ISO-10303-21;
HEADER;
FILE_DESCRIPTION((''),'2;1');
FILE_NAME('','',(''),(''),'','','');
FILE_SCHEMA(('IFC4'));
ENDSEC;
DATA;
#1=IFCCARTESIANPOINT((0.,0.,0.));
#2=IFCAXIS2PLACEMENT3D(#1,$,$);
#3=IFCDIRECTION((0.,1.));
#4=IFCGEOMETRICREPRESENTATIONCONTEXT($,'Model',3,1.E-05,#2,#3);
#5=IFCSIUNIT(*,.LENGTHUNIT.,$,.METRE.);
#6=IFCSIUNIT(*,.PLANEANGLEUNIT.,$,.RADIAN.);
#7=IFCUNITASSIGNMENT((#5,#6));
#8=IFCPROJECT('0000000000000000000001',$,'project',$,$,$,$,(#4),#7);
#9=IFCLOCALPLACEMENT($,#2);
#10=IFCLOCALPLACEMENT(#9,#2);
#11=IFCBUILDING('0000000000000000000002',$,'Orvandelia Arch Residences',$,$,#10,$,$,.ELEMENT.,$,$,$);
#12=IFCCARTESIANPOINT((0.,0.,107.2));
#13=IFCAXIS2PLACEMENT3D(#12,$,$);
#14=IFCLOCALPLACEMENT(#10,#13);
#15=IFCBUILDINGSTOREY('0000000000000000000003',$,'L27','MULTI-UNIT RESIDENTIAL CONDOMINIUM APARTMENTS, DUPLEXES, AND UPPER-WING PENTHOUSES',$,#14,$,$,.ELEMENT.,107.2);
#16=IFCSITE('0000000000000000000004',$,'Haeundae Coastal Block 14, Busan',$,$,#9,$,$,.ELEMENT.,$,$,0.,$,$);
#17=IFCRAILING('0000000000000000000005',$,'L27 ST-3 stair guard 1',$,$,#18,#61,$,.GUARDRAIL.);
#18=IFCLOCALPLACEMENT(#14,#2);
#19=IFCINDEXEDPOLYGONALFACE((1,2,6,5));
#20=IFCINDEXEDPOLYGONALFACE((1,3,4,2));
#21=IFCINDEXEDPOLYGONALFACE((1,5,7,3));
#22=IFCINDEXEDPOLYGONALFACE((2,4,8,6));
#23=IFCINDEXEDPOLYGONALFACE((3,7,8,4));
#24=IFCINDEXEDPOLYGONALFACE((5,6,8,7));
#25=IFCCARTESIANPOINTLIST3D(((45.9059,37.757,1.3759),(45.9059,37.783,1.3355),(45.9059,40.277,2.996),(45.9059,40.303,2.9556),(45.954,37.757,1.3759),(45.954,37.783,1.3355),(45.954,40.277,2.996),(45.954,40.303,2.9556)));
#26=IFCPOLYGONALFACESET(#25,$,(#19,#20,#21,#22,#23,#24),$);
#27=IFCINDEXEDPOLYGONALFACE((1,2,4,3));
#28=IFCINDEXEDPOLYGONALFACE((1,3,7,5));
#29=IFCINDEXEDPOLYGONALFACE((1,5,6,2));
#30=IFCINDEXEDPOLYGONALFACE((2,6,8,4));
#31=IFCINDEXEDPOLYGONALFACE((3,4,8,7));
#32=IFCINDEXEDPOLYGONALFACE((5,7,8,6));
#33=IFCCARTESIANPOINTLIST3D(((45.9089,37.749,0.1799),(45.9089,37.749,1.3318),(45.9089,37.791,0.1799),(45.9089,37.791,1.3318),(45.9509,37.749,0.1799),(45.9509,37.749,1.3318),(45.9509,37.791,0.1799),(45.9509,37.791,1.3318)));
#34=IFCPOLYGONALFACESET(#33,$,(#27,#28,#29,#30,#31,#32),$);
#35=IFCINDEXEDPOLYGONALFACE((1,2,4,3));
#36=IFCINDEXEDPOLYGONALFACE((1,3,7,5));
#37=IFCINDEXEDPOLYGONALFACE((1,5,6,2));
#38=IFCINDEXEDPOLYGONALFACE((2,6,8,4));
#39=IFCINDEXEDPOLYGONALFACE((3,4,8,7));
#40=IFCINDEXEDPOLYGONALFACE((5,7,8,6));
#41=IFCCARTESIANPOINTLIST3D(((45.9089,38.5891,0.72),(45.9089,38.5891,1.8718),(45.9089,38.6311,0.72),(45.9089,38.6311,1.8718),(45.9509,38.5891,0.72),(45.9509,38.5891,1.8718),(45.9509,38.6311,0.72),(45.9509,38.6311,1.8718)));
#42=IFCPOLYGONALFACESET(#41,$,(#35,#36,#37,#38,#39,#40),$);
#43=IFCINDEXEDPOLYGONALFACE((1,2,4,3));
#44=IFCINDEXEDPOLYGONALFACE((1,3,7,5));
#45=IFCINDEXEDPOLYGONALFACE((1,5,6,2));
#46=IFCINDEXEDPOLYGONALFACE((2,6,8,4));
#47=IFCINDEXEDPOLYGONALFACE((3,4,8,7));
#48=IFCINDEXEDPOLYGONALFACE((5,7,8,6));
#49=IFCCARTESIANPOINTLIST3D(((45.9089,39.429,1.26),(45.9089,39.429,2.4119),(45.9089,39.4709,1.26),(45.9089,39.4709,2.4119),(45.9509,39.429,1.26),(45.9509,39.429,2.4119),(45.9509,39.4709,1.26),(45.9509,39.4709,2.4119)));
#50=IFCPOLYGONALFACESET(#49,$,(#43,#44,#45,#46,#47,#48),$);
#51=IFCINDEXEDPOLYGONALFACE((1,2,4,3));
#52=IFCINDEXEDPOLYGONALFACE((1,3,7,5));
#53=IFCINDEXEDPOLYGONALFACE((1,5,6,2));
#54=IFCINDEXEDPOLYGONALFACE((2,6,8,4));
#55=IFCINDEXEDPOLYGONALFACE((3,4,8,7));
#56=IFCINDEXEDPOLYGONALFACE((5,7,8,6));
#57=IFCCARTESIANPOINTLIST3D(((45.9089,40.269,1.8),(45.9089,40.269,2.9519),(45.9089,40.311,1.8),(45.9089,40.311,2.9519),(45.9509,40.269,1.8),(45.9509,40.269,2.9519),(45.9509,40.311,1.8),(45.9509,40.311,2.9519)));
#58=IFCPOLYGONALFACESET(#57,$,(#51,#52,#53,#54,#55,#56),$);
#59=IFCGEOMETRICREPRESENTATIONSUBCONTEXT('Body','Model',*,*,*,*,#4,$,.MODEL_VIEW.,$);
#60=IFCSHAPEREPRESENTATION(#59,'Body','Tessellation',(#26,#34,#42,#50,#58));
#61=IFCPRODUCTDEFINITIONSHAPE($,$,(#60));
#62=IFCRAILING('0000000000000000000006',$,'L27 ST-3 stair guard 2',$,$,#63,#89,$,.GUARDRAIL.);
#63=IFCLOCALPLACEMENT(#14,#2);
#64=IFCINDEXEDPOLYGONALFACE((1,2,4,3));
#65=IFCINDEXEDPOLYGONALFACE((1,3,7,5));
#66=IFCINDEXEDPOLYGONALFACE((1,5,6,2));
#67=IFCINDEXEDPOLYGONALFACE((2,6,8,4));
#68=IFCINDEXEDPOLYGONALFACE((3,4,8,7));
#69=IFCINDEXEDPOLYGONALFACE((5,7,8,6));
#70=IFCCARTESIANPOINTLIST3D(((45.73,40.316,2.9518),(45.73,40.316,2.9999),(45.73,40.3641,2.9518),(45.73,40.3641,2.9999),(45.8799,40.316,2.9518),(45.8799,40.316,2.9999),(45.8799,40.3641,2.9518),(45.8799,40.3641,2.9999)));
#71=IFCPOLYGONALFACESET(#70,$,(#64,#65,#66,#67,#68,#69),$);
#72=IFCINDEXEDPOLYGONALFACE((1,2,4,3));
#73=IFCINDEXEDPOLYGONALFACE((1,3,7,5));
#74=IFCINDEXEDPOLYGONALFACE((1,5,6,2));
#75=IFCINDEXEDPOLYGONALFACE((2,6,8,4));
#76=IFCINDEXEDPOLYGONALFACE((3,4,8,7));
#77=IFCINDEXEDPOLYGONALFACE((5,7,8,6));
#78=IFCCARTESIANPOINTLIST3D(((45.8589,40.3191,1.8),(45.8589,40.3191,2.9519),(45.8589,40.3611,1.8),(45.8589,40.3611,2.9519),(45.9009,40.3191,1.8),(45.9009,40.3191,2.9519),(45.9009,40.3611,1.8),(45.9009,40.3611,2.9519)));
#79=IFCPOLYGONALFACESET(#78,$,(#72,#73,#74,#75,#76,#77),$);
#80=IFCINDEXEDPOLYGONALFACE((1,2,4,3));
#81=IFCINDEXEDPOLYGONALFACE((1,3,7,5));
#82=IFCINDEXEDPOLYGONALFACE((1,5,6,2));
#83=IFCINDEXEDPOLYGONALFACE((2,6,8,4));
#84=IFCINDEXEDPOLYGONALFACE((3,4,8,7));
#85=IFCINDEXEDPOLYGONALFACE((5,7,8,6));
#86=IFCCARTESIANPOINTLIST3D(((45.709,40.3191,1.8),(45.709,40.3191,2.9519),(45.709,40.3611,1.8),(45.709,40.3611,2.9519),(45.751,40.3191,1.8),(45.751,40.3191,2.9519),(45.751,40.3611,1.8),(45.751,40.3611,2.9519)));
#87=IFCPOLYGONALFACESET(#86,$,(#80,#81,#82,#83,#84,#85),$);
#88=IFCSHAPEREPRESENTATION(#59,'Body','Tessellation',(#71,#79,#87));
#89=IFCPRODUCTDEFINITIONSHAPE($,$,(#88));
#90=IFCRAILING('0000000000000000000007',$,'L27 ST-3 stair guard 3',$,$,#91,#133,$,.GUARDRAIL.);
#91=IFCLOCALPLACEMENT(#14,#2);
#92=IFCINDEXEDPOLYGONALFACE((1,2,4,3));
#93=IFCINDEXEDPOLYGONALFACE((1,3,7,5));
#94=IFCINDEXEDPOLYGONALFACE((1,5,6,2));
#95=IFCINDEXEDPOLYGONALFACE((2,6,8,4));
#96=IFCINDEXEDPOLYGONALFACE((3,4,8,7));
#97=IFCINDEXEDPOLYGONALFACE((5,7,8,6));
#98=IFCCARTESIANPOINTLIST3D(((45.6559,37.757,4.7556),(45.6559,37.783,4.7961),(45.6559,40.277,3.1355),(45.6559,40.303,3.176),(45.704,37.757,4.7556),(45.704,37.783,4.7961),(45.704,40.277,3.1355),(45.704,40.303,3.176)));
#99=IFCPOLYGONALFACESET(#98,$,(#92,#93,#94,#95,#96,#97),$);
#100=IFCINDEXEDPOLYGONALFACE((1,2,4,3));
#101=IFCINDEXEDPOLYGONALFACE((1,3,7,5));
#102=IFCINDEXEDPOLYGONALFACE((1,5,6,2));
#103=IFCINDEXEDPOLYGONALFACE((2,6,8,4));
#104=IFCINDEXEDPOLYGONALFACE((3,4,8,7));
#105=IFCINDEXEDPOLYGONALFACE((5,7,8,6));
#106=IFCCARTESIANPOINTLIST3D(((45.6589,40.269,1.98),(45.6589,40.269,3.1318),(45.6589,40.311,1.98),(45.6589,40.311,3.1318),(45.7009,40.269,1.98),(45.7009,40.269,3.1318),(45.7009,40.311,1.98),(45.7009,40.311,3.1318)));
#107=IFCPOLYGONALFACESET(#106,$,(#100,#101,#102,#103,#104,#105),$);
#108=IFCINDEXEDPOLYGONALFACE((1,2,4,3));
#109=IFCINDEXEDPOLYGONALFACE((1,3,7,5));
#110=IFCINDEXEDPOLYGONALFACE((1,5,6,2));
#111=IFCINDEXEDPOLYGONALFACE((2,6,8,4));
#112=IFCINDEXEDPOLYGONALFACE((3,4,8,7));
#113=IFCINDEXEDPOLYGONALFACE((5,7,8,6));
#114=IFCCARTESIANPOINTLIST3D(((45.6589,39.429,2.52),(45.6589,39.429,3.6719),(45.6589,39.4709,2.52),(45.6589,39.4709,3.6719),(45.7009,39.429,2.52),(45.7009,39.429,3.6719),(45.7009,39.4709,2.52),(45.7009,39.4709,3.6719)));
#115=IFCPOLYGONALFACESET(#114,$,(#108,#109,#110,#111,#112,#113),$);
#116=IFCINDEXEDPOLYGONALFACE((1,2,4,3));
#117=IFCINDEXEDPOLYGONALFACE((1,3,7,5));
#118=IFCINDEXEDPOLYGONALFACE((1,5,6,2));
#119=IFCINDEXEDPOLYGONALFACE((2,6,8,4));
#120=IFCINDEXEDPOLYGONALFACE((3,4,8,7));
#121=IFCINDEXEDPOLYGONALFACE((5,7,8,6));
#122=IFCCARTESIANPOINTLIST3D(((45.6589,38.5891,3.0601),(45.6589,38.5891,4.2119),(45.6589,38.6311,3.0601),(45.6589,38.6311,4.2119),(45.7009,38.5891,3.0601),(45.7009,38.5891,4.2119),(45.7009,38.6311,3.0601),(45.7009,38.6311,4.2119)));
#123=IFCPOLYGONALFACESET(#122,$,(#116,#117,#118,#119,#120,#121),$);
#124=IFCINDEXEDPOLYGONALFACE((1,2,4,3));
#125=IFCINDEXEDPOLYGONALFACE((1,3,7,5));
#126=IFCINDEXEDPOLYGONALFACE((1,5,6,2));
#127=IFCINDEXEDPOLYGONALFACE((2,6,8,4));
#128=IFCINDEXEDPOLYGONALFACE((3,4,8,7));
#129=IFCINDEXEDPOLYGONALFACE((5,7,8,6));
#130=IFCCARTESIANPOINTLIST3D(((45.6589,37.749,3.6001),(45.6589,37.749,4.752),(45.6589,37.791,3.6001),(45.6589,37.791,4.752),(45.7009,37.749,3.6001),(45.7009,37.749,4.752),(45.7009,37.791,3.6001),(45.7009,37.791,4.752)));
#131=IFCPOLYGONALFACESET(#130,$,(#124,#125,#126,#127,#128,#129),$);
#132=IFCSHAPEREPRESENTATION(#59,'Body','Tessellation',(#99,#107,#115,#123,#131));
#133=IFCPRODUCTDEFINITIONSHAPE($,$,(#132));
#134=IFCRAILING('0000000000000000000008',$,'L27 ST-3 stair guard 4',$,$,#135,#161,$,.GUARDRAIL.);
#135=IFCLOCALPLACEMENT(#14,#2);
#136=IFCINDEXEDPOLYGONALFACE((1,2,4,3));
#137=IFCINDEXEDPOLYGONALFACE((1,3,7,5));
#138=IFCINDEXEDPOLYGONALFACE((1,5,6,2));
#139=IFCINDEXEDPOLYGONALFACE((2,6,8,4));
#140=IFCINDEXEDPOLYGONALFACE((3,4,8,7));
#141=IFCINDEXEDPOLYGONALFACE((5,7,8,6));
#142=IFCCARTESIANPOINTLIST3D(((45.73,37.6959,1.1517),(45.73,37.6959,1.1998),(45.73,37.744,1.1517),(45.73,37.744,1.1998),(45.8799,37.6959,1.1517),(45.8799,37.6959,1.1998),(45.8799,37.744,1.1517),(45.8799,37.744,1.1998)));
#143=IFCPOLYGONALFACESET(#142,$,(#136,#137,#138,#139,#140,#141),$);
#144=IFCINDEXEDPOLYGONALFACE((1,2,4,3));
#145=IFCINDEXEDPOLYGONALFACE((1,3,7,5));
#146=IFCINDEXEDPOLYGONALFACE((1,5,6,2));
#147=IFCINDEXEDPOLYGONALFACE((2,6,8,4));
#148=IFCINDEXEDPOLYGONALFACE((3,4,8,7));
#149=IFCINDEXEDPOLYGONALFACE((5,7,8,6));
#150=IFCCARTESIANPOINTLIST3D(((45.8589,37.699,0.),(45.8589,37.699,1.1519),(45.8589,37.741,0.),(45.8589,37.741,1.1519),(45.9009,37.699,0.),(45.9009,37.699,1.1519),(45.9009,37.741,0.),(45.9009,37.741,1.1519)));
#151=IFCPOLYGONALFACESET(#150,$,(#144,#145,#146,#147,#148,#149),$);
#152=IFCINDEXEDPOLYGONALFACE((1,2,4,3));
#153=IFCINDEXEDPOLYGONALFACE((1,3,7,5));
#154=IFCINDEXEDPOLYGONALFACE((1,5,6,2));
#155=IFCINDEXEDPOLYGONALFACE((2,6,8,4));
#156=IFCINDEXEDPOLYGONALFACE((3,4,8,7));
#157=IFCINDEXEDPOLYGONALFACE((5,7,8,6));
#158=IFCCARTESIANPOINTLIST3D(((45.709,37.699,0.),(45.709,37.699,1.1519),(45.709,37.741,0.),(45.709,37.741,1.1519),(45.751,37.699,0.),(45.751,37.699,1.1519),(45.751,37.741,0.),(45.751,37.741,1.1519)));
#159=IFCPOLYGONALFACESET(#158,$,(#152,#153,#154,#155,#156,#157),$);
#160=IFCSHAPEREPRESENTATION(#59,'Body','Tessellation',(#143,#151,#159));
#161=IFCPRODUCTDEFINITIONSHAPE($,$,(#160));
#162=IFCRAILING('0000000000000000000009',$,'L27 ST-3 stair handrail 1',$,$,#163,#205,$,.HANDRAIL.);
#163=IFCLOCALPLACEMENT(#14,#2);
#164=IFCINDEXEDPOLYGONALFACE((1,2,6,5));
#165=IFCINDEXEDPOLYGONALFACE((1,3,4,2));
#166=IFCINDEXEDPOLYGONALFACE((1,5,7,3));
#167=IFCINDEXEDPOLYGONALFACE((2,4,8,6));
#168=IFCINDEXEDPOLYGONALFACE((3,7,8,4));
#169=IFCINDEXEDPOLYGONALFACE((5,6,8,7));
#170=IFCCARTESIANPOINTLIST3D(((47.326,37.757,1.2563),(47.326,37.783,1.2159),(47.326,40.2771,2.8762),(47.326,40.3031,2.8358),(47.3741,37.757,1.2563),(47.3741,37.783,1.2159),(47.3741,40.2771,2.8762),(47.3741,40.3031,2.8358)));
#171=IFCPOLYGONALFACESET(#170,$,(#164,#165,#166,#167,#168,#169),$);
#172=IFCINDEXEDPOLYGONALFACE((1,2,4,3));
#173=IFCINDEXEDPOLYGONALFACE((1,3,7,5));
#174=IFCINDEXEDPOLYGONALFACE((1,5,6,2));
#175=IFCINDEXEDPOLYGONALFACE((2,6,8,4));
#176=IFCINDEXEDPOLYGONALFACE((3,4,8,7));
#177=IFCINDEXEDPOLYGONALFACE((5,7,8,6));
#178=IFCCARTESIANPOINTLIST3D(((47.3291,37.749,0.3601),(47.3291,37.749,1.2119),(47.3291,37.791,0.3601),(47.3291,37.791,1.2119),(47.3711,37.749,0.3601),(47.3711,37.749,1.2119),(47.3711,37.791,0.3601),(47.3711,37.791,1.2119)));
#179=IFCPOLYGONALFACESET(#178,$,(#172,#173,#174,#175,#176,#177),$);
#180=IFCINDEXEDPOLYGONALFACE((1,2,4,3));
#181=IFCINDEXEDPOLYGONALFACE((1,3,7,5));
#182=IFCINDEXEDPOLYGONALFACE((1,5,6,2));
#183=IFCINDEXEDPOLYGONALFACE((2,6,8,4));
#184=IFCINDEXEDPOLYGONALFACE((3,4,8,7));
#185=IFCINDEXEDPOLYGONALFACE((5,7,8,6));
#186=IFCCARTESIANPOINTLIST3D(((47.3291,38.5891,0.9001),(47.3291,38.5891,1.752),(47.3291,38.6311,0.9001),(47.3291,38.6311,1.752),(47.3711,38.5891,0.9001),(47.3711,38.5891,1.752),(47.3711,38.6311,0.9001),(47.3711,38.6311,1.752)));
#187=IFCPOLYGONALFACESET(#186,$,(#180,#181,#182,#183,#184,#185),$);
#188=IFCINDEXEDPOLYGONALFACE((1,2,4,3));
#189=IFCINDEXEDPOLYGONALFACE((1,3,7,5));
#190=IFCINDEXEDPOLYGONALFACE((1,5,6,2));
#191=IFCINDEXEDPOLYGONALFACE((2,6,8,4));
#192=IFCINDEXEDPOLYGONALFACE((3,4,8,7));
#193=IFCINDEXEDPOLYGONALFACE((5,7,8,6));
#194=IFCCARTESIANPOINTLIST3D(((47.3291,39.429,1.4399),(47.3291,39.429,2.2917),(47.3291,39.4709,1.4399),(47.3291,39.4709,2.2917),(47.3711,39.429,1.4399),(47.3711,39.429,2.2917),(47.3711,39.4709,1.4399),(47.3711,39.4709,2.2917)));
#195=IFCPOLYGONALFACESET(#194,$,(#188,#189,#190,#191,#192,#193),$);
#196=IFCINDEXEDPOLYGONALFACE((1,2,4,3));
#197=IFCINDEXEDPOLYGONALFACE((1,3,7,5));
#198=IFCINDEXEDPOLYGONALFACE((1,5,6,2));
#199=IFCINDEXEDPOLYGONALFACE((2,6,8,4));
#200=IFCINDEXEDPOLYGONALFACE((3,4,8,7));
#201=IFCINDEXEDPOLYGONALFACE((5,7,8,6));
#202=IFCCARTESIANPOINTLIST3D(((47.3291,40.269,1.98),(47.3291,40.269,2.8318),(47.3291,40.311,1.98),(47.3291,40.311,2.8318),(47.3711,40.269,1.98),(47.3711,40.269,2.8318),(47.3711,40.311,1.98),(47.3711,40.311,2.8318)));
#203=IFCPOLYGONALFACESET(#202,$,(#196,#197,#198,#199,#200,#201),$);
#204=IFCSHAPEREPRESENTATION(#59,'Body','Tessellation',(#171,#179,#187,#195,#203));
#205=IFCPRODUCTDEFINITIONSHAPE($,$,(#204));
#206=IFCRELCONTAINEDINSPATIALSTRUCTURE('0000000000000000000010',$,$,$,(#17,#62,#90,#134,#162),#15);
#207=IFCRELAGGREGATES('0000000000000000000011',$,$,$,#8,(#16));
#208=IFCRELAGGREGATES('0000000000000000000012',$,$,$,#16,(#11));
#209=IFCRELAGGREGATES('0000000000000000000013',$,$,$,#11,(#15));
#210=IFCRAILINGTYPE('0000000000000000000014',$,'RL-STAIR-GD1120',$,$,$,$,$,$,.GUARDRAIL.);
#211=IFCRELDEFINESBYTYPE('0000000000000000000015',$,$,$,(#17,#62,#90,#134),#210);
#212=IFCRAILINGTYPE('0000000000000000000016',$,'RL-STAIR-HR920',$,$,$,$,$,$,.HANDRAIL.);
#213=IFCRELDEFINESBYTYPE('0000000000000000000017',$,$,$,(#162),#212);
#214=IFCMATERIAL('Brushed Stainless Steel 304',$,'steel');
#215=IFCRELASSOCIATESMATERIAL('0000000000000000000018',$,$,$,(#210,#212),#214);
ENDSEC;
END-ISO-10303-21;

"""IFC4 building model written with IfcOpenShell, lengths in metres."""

from ifc_helpers import new_model, si_unit, direction, frame, origin, origin_2d, place, context, subcontext, project, spatial, rectangle, extrude, material, type_object, element, save


model = new_model("IFC4")

# Units and contexts
model_context = context("Model", 3, precision=1e-05, world=origin(), true_north=direction((0.0, 1.0)))
body_context = subcontext(model_context, "Body", "Model", "MODEL_VIEW")
ifc_project = project(units=[si_unit("LENGTHUNIT", "METRE"), si_unit("PLANEANGLEUNIT", "RADIAN")], contexts=[model_context])

# Site, building, storey
site_placement = place(None, origin())
site = spatial("IfcSite", under=ifc_project, at=site_placement, Name="Haeundae Coastal Block 14, Busan", CompositionType="ELEMENT", RefElevation=0.0)
building_placement = place(site_placement, origin())
building = spatial("IfcBuilding", under=site, at=building_placement, Name="Orvandelia Arch Residences", CompositionType="ELEMENT")
storey_placement = place(building_placement, frame((0.0, 0.0, 107.2)))
storey = spatial("IfcBuildingStorey", under=building, at=storey_placement, Name="L27", Description="MULTI-UNIT RESIDENTIAL CONDOMINIUM APARTMENTS, DUPLEXES, AND UPPER-WING PENTHOUSES", CompositionType="ELEMENT", Elevation=107.2)

# Railings
ifc_material_1 = material(Name="Brushed Stainless Steel 304", Category="steel")
railing_type_1 = type_object("IfcRailingType", Name="RL-STAIR-GD1120", PredefinedType="GUARDRAIL", material=ifc_material_1)
railing_1_placement = place(storey_placement, frame((45.9299, 37.77, 0.1799)))
element("IfcRailing", 1, at=railing_1_placement, inside=storey, type_object=railing_type_1, Name="L27 ST-3 stair guard 1", PredefinedType="GUARDRAIL", context=body_context, shape_type="SweptSolid", body=[
    extrude(rectangle(XDim=0.0481, YDim=0.0481, at=origin_2d()), frame((0.0, 0.0, 1.1758), z_axis=(0.0, 0.841163, 0.540782), x_axis=(-1.0, 0.0, 0.0)), (0.0, 0.0, 1.0), 2.9958),
    extrude(rectangle(XDim=0.042, YDim=0.042, at=origin_2d()), origin(), (0.0, 0.0, 1.0), 1.1519),
    extrude(rectangle(XDim=0.042, YDim=0.042, at=origin_2d()), frame((0.0, 0.8401, 0.54)), (0.0, 0.0, 1.0), 1.1519),
    extrude(rectangle(XDim=0.042, YDim=0.042, at=origin_2d()), frame((0.0, 1.6799, 1.0801)), (0.0, 0.0, 1.0), 1.1519),
    extrude(rectangle(XDim=0.042, YDim=0.042, at=origin_2d()), frame((0.0, 2.52, 1.6201)), (0.0, 0.0, 1.0), 1.1519),
])
railing_2_placement = place(storey_placement, frame((45.8799, 40.3401, 1.8)))
element("IfcRailing", 2, at=railing_2_placement, inside=storey, type_object=railing_type_1, Name="L27 ST-3 stair guard 2", PredefinedType="GUARDRAIL", context=body_context, shape_type="SweptSolid", body=[
    extrude(rectangle(XDim=0.0481, YDim=0.0481, at=origin_2d()), frame((0.0, 0.0, 1.1758), z_axis=(-1.0, 0.0, 0.0), x_axis=(0.0, -1.0, 0.0)), (0.0, 0.0, 1.0), 0.1499),
    extrude(rectangle(XDim=0.042, YDim=0.042, at=origin_2d()), origin(), (0.0, 0.0, 1.0), 1.1519),
    extrude(rectangle(XDim=0.042, YDim=0.042, at=origin_2d()), frame((-0.1499, 0.0, 0.0)), (0.0, 0.0, 1.0), 1.1519),
])
railing_3_placement = place(storey_placement, frame((45.6799, 40.29, 1.98)))
element("IfcRailing", 3, at=railing_3_placement, inside=storey, type_object=railing_type_1, Name="L27 ST-3 stair guard 3", PredefinedType="GUARDRAIL", context=body_context, shape_type="SweptSolid", body=[
    extrude(rectangle(XDim=0.0481, YDim=0.0481, at=origin_2d()), frame((0.0, 0.0, 1.1758), z_axis=(0.0, -0.841163, 0.540782), x_axis=(1.0, 0.0, 0.0)), (0.0, 0.0, 1.0), 2.9958),
    extrude(rectangle(XDim=0.042, YDim=0.042, at=origin_2d()), origin(), (0.0, 0.0, 1.0), 1.1519),
    extrude(rectangle(XDim=0.042, YDim=0.042, at=origin_2d()), frame((0.0, -0.8401, 0.54)), (0.0, 0.0, 1.0), 1.1519),
    extrude(rectangle(XDim=0.042, YDim=0.042, at=origin_2d()), frame((0.0, -1.6799, 1.0801)), (0.0, 0.0, 1.0), 1.1519),
    extrude(rectangle(XDim=0.042, YDim=0.042, at=origin_2d()), frame((0.0, -2.52, 1.6201)), (0.0, 0.0, 1.0), 1.1519),
])
railing_4_placement = place(storey_placement, frame((45.8799, 37.72, 0.0)))
element("IfcRailing", 4, at=railing_4_placement, inside=storey, type_object=railing_type_1, Name="L27 ST-3 stair guard 4", PredefinedType="GUARDRAIL", context=body_context, shape_type="SweptSolid", body=[
    extrude(rectangle(XDim=0.0481, YDim=0.0481, at=origin_2d()), frame((0.0, 0.0, 1.1758), z_axis=(-1.0, 0.0, 0.0), x_axis=(0.0, -1.0, 0.0)), (0.0, 0.0, 1.0), 0.1499),
    extrude(rectangle(XDim=0.042, YDim=0.042, at=origin_2d()), origin(), (0.0, 0.0, 1.0), 1.1519),
    extrude(rectangle(XDim=0.042, YDim=0.042, at=origin_2d()), frame((-0.1499, 0.0, 0.0)), (0.0, 0.0, 1.0), 1.1519),
])
railing_type_2 = type_object("IfcRailingType", Name="RL-STAIR-HR920", PredefinedType="HANDRAIL", material=ifc_material_1)
railing_5_placement = place(storey_placement, frame((47.3501, 37.77, 0.3601)))
element("IfcRailing", 5, at=railing_5_placement, inside=storey, type_object=railing_type_2, Name="L27 ST-3 stair handrail 1", PredefinedType="HANDRAIL", context=body_context, shape_type="SweptSolid", body=[
    extrude(rectangle(XDim=0.0481, YDim=0.0481, at=origin_2d()), frame((0.0, 0.0, 0.876), z_axis=(0.0, 0.8412, 0.540725), x_axis=(-1.0, 0.0, 0.0)), (0.0, 0.0, 1.0), 2.9958),
    extrude(rectangle(XDim=0.042, YDim=0.042, at=origin_2d()), origin(), (0.0, 0.0, 1.0), 0.8518),
    extrude(rectangle(XDim=0.042, YDim=0.042, at=origin_2d()), frame((0.0, 0.8401, 0.54)), (0.0, 0.0, 1.0), 0.8518),
    extrude(rectangle(XDim=0.042, YDim=0.042, at=origin_2d()), frame((0.0, 1.6799, 1.0798)), (0.0, 0.0, 1.0), 0.8518),
    extrude(rectangle(XDim=0.042, YDim=0.042, at=origin_2d()), frame((0.0, 2.52, 1.6199)), (0.0, 0.0, 1.0), 0.8518),
])

save(model, "model.ifc")
